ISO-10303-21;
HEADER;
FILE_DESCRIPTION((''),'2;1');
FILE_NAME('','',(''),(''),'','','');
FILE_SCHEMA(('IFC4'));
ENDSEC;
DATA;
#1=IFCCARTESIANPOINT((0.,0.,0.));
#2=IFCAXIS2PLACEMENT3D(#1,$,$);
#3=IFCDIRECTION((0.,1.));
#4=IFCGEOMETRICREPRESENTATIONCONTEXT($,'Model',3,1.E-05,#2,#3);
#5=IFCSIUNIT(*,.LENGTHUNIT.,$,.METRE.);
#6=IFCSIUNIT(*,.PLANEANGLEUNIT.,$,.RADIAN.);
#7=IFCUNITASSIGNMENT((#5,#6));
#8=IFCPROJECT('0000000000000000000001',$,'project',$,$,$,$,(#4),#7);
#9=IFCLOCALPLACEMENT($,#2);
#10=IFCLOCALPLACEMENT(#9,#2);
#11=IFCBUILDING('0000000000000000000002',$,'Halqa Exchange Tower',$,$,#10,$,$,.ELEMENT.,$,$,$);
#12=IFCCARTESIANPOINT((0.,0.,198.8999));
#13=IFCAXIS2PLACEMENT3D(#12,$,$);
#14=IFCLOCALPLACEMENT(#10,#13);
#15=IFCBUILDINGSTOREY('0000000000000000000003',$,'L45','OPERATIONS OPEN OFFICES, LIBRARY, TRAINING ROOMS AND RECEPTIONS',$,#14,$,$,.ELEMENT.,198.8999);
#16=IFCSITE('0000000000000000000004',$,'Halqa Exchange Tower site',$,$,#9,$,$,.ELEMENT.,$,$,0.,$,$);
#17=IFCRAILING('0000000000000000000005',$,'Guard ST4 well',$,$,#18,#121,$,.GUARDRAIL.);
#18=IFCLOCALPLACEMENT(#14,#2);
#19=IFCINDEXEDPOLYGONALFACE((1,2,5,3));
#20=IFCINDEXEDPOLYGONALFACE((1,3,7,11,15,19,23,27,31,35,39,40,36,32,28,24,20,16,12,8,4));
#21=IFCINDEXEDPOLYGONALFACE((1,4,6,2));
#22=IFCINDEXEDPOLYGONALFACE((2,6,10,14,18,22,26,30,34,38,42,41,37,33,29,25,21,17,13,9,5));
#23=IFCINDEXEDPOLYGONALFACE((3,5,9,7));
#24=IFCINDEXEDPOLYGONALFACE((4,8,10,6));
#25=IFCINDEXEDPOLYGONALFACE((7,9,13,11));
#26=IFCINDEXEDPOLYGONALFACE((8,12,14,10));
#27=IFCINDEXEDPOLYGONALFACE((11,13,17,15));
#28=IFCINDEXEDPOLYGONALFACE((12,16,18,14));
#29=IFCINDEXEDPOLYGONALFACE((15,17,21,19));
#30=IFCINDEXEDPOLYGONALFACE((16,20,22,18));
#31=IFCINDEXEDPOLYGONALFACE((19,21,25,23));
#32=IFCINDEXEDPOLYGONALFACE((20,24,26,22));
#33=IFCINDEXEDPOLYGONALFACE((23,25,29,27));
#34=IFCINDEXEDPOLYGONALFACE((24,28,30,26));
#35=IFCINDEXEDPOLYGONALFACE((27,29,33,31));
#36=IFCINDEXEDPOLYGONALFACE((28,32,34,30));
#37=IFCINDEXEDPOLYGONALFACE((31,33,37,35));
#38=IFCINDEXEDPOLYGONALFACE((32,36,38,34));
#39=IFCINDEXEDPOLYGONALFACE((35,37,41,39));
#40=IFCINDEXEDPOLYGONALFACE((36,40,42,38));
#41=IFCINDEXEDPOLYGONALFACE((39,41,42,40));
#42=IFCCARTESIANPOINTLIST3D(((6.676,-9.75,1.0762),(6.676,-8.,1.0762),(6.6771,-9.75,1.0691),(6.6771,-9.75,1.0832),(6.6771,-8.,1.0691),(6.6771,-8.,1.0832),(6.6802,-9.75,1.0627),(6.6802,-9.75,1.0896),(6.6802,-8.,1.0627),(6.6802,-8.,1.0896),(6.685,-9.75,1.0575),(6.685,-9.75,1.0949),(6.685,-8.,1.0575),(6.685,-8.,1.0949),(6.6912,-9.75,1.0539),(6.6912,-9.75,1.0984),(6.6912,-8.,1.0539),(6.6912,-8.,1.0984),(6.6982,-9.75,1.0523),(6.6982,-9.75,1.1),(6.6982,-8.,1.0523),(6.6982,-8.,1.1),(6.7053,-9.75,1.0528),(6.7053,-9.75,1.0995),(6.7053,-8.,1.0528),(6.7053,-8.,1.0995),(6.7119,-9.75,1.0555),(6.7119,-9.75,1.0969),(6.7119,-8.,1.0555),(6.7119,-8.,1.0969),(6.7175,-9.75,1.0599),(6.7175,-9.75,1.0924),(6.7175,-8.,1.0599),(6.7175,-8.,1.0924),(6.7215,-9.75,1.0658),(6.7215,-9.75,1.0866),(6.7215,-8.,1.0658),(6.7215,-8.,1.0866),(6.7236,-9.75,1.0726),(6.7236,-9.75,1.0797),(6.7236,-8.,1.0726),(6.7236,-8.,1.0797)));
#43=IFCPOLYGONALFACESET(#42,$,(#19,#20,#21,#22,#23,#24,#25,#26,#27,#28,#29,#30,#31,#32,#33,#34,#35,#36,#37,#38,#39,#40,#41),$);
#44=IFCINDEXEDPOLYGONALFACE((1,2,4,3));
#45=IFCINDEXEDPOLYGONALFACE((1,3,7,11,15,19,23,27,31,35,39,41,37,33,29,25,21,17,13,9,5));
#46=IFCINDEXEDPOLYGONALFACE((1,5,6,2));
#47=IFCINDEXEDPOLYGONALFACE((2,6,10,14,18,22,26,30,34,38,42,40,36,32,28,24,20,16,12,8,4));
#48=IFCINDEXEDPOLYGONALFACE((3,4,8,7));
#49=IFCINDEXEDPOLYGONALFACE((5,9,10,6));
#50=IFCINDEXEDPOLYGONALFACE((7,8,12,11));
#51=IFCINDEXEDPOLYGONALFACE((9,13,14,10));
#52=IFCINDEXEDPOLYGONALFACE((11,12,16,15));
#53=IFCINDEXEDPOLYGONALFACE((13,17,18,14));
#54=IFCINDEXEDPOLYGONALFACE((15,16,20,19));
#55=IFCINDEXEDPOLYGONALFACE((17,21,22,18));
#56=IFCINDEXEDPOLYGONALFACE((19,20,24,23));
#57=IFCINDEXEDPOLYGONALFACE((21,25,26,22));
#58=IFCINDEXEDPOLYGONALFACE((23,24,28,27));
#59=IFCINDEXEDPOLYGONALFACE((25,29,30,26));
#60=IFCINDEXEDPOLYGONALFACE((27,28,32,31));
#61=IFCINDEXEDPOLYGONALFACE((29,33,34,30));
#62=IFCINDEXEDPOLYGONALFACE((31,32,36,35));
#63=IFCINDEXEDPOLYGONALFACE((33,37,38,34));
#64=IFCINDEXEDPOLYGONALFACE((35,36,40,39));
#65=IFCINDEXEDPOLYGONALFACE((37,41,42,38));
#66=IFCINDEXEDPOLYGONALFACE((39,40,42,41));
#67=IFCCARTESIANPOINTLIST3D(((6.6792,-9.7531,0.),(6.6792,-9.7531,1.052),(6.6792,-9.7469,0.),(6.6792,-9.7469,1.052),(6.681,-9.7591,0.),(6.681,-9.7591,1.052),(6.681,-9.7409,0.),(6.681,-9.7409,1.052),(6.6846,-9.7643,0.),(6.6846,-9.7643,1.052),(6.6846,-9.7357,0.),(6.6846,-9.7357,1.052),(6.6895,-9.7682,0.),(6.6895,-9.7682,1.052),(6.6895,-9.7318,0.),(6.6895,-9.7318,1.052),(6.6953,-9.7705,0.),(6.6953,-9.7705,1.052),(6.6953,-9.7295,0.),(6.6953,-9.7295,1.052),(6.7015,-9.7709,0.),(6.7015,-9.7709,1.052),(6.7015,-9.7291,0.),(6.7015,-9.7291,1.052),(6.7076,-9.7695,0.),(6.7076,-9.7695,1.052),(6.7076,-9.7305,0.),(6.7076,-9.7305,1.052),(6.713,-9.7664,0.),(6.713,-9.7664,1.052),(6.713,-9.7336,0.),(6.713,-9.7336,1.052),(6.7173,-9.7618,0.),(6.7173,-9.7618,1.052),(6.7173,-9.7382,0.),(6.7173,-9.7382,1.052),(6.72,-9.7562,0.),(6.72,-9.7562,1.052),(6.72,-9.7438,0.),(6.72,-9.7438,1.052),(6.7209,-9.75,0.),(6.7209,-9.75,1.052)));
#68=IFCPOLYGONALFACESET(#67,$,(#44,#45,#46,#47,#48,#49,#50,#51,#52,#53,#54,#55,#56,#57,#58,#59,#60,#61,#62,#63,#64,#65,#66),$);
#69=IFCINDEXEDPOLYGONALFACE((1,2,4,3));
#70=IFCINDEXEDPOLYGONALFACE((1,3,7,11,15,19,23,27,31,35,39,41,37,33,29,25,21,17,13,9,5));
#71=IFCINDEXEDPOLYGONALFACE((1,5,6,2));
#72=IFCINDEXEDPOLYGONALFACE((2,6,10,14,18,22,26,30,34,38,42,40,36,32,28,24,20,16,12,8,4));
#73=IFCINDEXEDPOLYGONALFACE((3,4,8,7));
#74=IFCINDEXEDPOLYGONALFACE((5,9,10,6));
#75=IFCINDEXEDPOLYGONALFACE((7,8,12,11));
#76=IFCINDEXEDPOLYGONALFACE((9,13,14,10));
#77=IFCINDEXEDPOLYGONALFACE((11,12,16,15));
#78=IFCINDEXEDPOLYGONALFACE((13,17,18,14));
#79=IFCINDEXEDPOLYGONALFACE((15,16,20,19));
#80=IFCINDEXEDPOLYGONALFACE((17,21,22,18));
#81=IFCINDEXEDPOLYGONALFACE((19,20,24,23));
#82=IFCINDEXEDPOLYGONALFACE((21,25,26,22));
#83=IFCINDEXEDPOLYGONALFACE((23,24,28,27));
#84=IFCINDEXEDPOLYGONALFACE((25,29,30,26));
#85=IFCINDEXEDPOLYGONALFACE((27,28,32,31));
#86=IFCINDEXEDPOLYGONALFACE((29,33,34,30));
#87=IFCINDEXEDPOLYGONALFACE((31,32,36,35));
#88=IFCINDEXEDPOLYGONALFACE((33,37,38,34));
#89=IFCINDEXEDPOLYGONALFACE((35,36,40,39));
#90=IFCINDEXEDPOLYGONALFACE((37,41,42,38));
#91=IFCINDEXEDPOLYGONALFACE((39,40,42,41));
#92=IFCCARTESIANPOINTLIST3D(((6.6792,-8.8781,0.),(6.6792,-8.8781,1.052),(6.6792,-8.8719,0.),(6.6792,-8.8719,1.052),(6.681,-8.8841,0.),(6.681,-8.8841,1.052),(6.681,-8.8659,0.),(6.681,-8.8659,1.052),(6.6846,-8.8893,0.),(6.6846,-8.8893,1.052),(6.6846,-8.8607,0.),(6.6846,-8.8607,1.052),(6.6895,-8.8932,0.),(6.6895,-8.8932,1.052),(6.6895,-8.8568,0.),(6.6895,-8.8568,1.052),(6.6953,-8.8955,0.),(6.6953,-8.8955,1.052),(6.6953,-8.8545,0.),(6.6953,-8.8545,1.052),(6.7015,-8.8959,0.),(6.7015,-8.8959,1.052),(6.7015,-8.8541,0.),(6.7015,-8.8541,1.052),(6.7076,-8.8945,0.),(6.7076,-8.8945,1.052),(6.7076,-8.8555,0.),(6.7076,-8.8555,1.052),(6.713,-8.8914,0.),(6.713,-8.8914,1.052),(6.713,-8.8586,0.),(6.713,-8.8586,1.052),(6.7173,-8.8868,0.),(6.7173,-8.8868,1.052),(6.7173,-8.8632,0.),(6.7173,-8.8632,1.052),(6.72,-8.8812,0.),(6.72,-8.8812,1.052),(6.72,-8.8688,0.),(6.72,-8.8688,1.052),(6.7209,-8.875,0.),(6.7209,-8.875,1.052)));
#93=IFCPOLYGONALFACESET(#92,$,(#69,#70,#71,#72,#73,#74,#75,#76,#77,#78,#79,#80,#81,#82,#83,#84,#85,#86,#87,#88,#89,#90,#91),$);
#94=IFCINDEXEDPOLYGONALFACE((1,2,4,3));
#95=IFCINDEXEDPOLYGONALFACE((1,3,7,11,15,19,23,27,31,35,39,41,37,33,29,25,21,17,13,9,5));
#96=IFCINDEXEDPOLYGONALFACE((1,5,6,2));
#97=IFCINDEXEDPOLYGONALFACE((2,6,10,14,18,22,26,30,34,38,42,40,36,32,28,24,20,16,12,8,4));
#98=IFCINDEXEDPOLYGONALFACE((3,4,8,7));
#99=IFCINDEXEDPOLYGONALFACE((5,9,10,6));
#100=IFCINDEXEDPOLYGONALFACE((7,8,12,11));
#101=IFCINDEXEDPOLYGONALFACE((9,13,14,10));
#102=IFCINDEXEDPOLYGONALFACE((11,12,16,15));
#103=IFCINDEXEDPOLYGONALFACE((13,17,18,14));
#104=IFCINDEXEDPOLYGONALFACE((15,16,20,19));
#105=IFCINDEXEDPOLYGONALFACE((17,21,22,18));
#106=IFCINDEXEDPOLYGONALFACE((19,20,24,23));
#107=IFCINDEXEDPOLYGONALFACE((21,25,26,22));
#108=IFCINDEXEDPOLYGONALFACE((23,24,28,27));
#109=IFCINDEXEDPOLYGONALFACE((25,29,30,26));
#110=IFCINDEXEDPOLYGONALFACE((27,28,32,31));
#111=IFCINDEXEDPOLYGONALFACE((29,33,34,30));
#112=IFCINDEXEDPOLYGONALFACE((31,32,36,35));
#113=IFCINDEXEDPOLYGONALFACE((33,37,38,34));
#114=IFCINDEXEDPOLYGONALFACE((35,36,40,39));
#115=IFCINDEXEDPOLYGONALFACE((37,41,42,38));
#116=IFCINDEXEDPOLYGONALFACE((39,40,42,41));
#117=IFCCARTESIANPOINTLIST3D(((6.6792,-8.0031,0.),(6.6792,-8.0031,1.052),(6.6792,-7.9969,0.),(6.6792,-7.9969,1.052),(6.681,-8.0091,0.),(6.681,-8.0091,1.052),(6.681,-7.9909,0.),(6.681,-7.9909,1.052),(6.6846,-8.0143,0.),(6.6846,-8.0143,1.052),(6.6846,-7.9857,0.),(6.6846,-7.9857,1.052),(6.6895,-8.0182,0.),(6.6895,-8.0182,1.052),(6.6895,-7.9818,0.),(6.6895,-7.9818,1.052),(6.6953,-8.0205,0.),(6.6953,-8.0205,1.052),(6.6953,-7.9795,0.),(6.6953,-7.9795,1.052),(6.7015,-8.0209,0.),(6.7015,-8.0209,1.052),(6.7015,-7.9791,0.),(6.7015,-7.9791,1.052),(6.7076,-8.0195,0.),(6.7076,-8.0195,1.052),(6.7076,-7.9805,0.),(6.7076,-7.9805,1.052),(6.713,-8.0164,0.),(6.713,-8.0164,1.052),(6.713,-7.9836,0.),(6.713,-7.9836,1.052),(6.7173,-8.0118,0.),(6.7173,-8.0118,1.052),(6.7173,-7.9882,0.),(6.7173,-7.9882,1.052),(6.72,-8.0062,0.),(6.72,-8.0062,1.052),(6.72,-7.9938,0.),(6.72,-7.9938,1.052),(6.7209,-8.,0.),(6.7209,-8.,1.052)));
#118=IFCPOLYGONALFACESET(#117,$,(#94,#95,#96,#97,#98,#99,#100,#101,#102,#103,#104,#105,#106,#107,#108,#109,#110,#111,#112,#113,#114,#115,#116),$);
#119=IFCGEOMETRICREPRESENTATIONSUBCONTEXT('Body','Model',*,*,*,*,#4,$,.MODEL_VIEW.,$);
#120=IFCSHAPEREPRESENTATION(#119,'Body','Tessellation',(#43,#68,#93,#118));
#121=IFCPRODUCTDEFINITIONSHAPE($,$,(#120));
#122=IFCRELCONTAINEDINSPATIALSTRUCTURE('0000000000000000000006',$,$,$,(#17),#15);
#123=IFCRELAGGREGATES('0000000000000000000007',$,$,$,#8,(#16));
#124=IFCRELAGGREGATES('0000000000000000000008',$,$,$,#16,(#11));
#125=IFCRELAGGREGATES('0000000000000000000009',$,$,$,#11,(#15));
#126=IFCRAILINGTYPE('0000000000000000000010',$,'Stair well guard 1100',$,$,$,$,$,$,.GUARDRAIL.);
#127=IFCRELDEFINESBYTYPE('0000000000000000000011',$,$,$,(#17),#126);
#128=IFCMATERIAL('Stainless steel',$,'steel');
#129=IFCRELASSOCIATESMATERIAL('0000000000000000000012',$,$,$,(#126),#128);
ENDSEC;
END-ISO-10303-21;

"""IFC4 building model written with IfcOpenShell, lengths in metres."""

from ifc_helpers import new_model, si_unit, direction, frame, origin, origin_2d, place, context, subcontext, project, spatial, circle, extrude, material, type_object, element, save


model = new_model("IFC4")

# Units and contexts
model_context = context("Model", 3, precision=1e-05, world=origin(), true_north=direction((0.0, 1.0)))
body_context = subcontext(model_context, "Body", "Model", "MODEL_VIEW")
ifc_project = project(units=[si_unit("LENGTHUNIT", "METRE"), si_unit("PLANEANGLEUNIT", "RADIAN")], contexts=[model_context])

# Site, building, storey
site_placement = place(None, origin())
site = spatial("IfcSite", under=ifc_project, at=site_placement, Name="Halqa Exchange Tower site", CompositionType="ELEMENT", RefElevation=0.0)
building_placement = place(site_placement, origin())
building = spatial("IfcBuilding", under=site, at=building_placement, Name="Halqa Exchange Tower", CompositionType="ELEMENT")
storey_placement = place(building_placement, frame((0.0, 0.0, 198.8999)))
storey = spatial("IfcBuildingStorey", under=building, at=storey_placement, Name="L45", Description="OPERATIONS OPEN OFFICES, LIBRARY, TRAINING ROOMS AND RECEPTIONS", CompositionType="ELEMENT", Elevation=198.8999)

# Railing
ifc_material_1 = material(Name="Stainless steel", Category="steel")
railing_type_1 = type_object("IfcRailingType", Name="Stair well guard 1100", PredefinedType="GUARDRAIL", material=ifc_material_1)
railing_1_placement = place(storey_placement, frame((6.7, -9.75, 0.0)))
element("IfcRailing", 1, at=railing_1_placement, inside=storey, type_object=railing_type_1, Name="Guard ST4 well", PredefinedType="GUARDRAIL", context=body_context, shape_type="SweptSolid", body=[
    extrude(circle(Radius=0.0239, at=origin_2d()), frame((0.0, 0.0, 1.0762), z_axis=(0.0, 1.0, 0.0), x_axis=(-1.0, 0.0, 0.0)), (0.0, 0.0, 1.0), 1.75),
    extrude(circle(Radius=0.021, at=origin_2d()), origin(), (0.0, 0.0, 1.0), 1.052),
    extrude(circle(Radius=0.021, at=origin_2d()), frame((0.0, 0.875, 0.0)), (0.0, 0.0, 1.0), 1.052),
    extrude(circle(Radius=0.021, at=origin_2d()), frame((0.0, 1.75, 0.0)), (0.0, 0.0, 1.0), 1.052),
])

save(model, "model.ifc")
